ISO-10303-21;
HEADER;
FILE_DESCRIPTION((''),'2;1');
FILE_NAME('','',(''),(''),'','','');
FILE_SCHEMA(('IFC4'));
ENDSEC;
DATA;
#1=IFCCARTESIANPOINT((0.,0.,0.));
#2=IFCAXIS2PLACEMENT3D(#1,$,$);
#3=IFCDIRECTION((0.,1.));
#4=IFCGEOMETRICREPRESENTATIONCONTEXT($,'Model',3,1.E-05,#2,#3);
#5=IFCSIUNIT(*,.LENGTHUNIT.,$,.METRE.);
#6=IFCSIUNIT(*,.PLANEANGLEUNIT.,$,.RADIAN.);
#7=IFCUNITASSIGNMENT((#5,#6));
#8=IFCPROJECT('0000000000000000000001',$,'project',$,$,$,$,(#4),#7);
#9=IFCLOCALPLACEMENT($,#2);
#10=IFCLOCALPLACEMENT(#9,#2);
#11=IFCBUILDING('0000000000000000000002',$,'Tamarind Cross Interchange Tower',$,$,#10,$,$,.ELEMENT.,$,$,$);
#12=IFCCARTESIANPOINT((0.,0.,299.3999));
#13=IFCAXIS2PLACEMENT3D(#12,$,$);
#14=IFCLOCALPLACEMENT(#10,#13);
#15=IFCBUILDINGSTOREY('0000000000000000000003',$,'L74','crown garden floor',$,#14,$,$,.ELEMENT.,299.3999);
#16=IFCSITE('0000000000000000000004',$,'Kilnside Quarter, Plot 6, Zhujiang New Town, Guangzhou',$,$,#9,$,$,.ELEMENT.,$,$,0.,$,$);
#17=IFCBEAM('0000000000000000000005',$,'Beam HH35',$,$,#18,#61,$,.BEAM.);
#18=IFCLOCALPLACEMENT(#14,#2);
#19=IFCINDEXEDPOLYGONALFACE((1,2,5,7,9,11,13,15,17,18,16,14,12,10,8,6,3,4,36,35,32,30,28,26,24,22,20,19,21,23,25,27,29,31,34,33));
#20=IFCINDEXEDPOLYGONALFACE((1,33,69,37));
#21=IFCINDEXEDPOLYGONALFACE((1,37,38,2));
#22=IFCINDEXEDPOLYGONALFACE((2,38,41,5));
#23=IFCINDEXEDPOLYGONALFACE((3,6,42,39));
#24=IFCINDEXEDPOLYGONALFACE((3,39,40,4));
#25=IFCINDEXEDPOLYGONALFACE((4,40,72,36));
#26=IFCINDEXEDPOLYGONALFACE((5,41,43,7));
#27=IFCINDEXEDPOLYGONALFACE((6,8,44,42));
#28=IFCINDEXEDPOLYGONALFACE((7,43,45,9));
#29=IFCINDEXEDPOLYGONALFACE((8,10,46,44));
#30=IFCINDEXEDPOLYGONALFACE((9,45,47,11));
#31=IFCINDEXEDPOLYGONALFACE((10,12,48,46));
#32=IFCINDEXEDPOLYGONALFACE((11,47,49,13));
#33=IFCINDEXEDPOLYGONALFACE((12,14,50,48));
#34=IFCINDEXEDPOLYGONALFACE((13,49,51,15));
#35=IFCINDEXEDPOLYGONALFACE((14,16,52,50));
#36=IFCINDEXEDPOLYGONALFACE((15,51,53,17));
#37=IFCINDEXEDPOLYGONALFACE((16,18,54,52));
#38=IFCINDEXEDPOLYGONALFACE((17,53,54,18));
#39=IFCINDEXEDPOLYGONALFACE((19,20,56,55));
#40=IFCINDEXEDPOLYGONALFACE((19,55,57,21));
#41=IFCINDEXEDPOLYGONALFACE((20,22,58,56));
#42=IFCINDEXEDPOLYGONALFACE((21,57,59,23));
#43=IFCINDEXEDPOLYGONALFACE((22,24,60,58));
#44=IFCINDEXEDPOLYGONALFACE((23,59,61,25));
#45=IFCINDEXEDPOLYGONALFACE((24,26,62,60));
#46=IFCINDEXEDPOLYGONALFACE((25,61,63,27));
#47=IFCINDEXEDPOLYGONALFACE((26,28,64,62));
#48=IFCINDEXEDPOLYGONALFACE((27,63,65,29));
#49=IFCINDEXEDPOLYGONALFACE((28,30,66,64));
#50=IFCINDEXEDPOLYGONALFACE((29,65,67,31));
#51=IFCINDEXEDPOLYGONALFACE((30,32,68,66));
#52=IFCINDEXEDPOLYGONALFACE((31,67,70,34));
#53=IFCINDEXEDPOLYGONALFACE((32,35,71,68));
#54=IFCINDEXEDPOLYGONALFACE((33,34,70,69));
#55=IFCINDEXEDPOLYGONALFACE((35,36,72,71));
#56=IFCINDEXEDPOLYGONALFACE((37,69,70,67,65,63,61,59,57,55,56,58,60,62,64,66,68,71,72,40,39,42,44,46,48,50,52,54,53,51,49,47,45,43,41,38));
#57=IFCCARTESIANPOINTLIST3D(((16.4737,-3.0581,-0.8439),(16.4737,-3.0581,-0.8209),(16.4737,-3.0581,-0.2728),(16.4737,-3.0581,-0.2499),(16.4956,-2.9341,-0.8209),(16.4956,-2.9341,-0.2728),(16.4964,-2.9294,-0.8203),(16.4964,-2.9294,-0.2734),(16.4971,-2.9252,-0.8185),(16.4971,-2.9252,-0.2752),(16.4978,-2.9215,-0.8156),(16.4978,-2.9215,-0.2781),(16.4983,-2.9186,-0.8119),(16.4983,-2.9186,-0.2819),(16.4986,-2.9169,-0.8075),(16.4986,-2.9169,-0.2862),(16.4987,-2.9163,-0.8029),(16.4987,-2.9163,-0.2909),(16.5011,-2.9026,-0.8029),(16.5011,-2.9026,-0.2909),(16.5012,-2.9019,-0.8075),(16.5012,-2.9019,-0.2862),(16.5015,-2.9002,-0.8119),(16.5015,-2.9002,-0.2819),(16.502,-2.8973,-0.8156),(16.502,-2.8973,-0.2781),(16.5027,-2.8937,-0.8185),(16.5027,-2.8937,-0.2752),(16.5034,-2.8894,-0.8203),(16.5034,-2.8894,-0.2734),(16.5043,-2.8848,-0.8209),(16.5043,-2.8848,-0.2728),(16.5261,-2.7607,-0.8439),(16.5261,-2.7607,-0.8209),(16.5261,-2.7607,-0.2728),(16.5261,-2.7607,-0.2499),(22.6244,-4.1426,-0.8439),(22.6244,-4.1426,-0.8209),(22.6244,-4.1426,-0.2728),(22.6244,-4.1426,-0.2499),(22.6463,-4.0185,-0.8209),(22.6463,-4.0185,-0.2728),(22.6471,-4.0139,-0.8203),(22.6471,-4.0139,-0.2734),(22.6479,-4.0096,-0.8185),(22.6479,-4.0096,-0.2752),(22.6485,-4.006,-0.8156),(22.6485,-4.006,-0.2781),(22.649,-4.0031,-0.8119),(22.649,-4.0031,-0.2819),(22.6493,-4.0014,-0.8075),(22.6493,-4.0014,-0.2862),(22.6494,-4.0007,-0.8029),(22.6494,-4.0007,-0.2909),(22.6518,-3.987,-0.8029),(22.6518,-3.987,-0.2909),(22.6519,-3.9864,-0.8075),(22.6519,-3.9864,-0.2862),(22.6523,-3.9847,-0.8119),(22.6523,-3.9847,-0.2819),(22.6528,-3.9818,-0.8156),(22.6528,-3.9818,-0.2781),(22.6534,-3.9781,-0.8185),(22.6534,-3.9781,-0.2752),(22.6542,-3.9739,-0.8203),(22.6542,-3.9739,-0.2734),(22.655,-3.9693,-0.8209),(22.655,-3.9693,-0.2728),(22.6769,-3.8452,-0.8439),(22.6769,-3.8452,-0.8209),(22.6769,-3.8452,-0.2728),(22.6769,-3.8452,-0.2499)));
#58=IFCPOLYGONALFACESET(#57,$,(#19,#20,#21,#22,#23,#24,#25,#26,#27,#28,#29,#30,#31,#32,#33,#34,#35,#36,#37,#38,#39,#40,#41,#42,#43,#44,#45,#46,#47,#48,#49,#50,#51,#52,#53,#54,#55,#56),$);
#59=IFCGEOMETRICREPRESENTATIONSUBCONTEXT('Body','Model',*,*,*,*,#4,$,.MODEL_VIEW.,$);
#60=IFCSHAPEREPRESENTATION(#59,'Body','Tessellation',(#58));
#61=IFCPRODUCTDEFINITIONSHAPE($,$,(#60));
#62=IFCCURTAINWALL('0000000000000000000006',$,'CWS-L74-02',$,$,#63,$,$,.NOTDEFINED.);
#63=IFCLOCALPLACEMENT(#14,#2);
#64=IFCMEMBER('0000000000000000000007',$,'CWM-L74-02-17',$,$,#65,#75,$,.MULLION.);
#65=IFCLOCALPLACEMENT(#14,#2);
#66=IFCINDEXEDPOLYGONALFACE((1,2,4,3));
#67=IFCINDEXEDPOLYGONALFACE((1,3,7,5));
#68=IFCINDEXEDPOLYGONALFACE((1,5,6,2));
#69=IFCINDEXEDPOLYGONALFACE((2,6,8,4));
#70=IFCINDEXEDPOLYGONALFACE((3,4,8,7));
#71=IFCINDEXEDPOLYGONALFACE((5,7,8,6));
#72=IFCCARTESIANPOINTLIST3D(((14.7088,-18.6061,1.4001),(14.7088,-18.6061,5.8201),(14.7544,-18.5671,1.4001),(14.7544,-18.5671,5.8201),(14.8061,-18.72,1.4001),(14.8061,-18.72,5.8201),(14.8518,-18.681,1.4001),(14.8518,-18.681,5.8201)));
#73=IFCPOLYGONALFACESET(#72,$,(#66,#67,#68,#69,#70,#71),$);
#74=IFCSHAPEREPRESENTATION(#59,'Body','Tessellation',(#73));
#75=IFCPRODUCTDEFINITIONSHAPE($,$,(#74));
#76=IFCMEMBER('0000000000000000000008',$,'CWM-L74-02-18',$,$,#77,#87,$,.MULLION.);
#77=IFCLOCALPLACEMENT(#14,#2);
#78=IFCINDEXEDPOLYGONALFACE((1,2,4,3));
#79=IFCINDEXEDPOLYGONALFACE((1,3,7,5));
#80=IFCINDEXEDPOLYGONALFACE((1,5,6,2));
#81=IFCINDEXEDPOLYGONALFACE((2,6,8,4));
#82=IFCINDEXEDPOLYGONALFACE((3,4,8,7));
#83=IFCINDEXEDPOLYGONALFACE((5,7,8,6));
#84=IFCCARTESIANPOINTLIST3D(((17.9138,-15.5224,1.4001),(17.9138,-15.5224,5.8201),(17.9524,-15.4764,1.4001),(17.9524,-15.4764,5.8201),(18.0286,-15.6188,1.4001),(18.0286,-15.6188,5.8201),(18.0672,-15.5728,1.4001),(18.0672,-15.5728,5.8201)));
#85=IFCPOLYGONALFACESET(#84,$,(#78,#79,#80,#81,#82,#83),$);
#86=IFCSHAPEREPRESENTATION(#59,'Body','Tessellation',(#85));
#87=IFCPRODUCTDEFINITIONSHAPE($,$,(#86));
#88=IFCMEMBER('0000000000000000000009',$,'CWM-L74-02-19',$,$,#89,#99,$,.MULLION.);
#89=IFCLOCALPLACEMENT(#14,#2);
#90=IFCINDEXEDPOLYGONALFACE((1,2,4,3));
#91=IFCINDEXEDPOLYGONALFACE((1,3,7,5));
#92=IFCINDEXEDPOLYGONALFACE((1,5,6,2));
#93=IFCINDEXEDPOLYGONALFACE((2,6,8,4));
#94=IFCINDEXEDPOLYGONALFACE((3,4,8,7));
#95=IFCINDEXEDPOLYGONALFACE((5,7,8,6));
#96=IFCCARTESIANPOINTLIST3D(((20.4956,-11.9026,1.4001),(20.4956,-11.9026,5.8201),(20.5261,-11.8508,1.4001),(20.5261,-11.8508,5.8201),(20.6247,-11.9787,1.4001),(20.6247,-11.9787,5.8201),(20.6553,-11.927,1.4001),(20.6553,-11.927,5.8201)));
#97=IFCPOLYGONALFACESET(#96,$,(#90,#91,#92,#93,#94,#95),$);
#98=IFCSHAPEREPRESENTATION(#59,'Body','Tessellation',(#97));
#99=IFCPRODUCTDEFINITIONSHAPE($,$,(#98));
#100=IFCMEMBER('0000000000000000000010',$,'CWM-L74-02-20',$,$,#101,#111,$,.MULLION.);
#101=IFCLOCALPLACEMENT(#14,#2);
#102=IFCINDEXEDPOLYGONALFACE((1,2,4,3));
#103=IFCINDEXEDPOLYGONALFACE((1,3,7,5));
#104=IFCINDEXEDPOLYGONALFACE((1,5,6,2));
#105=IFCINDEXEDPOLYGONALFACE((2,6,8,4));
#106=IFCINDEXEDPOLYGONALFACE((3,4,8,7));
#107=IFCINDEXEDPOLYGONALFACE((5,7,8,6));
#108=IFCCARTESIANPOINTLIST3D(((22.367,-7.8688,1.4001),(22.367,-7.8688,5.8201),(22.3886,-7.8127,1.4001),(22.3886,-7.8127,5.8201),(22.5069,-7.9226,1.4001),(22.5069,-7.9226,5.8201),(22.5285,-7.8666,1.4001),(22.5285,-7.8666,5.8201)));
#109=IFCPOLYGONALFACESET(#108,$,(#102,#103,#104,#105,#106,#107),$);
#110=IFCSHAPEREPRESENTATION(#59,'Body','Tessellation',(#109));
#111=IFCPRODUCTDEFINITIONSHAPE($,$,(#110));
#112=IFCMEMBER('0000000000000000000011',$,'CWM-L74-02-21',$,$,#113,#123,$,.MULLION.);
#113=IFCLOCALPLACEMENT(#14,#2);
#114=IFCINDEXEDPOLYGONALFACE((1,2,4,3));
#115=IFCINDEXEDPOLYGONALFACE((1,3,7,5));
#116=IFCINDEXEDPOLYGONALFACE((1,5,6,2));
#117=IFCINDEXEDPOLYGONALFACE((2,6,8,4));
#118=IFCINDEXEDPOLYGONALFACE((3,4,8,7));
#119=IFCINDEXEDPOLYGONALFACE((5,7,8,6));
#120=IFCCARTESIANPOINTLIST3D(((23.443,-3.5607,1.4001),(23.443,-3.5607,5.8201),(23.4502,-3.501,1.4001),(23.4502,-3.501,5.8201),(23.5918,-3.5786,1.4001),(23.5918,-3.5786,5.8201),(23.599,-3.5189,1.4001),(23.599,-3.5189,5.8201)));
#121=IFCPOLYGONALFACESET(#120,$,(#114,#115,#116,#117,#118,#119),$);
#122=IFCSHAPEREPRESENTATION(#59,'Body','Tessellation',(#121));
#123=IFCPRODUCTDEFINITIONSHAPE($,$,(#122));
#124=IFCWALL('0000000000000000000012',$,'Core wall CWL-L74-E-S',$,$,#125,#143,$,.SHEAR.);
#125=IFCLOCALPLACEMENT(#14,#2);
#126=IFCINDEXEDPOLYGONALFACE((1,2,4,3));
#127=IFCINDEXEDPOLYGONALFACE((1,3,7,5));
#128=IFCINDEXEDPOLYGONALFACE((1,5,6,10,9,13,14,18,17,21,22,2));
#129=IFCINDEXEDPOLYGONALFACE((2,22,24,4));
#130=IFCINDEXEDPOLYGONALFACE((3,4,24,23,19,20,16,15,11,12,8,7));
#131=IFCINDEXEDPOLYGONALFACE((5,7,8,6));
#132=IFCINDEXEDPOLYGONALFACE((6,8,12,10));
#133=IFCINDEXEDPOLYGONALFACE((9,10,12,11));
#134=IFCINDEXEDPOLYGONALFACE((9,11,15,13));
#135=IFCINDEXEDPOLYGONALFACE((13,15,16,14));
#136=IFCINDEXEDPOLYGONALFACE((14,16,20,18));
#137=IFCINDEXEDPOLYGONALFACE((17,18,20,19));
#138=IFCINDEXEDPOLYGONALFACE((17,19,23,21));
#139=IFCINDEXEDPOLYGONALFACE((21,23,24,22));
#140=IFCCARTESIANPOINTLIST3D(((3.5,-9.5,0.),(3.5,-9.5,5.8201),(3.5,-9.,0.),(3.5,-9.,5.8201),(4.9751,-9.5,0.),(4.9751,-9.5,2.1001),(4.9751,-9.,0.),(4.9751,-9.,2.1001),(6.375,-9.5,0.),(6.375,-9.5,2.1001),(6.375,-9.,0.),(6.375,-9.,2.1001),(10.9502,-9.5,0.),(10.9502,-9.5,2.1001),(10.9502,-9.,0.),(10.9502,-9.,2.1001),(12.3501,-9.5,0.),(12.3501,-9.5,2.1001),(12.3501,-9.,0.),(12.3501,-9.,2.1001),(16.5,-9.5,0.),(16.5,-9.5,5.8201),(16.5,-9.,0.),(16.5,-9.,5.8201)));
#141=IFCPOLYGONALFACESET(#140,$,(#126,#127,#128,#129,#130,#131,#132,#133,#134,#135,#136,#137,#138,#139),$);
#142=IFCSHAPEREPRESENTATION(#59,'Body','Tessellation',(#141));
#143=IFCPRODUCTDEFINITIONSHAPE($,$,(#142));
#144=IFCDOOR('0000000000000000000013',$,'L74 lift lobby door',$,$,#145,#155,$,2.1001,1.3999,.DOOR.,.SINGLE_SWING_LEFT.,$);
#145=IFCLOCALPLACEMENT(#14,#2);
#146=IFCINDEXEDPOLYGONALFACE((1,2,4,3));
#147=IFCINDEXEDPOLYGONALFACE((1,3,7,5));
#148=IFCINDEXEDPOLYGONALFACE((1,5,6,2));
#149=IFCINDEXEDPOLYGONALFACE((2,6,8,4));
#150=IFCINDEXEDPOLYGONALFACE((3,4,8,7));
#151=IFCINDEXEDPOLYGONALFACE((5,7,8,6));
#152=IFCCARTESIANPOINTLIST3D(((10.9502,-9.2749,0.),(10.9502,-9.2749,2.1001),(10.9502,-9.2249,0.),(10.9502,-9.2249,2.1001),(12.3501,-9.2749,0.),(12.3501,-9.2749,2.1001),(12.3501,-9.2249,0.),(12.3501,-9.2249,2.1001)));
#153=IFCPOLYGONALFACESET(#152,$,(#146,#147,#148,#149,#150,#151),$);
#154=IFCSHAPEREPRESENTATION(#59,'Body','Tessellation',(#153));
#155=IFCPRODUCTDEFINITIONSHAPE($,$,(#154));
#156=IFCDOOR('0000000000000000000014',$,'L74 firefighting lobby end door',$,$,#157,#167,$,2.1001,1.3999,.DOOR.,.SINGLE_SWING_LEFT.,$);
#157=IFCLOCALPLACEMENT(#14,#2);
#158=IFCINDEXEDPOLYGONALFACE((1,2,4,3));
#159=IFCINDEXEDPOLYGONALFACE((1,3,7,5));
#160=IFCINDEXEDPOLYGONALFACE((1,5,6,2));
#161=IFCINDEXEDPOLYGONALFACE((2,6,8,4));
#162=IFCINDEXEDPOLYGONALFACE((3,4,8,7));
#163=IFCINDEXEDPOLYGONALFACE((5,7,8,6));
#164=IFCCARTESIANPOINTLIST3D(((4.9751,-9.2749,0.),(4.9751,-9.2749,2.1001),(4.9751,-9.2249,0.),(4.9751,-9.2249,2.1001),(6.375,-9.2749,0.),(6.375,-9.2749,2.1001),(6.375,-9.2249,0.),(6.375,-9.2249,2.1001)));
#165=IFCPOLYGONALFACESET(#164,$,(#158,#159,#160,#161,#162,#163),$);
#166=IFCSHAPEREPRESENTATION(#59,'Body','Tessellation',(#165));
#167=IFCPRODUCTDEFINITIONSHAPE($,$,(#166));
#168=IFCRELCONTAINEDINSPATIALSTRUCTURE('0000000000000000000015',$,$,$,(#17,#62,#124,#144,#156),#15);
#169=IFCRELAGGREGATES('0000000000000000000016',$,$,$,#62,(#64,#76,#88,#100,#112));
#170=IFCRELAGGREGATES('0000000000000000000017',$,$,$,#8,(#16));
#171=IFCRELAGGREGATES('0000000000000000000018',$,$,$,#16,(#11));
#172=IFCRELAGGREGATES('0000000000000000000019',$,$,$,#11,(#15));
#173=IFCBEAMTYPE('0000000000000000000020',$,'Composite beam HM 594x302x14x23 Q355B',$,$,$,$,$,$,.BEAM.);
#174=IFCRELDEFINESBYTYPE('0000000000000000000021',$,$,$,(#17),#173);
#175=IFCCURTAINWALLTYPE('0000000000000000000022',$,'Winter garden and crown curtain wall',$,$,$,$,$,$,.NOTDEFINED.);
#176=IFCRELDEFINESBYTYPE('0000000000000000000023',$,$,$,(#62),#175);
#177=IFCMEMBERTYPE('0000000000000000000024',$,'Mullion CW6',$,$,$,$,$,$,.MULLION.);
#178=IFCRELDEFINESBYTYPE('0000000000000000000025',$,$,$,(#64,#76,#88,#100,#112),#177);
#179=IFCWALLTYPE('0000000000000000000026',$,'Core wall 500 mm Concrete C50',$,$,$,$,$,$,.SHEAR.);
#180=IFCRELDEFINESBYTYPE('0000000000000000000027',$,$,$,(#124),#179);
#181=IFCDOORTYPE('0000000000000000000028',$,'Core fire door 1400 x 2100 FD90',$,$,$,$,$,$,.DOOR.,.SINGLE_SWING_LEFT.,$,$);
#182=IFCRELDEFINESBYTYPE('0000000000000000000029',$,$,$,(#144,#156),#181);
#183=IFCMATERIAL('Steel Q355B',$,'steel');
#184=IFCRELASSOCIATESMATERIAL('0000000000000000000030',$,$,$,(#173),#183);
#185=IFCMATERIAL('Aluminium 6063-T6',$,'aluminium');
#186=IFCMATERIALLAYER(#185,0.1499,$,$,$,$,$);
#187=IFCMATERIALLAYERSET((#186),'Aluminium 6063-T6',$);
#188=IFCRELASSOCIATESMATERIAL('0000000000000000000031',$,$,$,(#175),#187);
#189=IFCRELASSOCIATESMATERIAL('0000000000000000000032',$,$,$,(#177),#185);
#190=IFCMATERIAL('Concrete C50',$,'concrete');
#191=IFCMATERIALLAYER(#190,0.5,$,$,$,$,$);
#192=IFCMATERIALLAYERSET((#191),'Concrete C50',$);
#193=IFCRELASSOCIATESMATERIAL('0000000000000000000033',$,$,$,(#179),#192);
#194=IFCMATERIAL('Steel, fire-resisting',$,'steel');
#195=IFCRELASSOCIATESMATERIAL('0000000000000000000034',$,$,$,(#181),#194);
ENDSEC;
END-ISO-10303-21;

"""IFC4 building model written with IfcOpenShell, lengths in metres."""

from ifc_helpers import new_model, si_unit, direction, frame, frame_2d, origin, origin_2d, place, context, subcontext, project, spatial, rectangle, i_section, extrude, material, layer, layer_set, material_profile, profile_set, type_object, element, fill, aggregate, save


model = new_model("IFC4")

# Units and contexts
model_context = context("Model", 3, precision=1e-05, world=origin(), true_north=direction((0.0, 1.0)))
body_context = subcontext(model_context, "Body", "Model", "MODEL_VIEW")
ifc_project = project(units=[si_unit("LENGTHUNIT", "METRE"), si_unit("PLANEANGLEUNIT", "RADIAN")], contexts=[model_context])

# Site, building, storey
site_placement = place(None, origin())
site = spatial("IfcSite", under=ifc_project, at=site_placement, Name="Kilnside Quarter, Plot 6, Zhujiang New Town, Guangzhou", CompositionType="ELEMENT", RefElevation=0.0)
building_placement = place(site_placement, origin())
building = spatial("IfcBuilding", under=site, at=building_placement, Name="Tamarind Cross Interchange Tower", CompositionType="ELEMENT")
storey_placement = place(building_placement, frame((0.0, 0.0, 299.3999)))
storey = spatial("IfcBuildingStorey", under=building, at=storey_placement, Name="L74", Description="crown garden floor", CompositionType="ELEMENT", Elevation=299.3999)

# Beam
ifc_material_1 = material(Name="Steel Q355B", Category="steel")
ifc_material_profile_1 = material_profile(ifc_material_1, i_section(OverallWidth=0.302, OverallDepth=0.594, WebThickness=0.0139, FlangeThickness=0.0229, FilletRadius=0.0181, at=origin_2d()), Name="HM 594x302x14x23")
ifc_profile_set_1 = profile_set([ifc_material_profile_1], Name="Steel Q355B")
beam_type = type_object("IfcBeamType", Name="Composite beam HM 594x302x14x23 Q355B", PredefinedType="BEAM", material=ifc_profile_set_1)
beam_1_placement = place(storey_placement, frame((22.6506, -3.9939, -0.5469), z_axis=(-0.984809, 0.17364, 0.0), x_axis=(-0.17364, -0.984809, 0.0)))
element("IfcBeam", 1, at=beam_1_placement, inside=storey, type_object=beam_type, Name="Beam HH35", PredefinedType="BEAM", context=body_context, shape_type="SweptSolid", body=[
    extrude(i_section(OverallWidth=0.302, OverallDepth=0.594, WebThickness=0.0139, FlangeThickness=0.0229, FilletRadius=0.0181, at=origin_2d()), origin(), (0.0, 0.0, 1.0), 6.2456),
])

# Curtain wall, members
ifc_material_2 = material(Name="Aluminium 6063-T6", Category="aluminium")
ifc_layer_1 = layer(ifc_material_2, 0.1499)
ifc_layer_set_1 = layer_set([ifc_layer_1], Name="Aluminium 6063-T6")
curtain_wall_type = type_object("IfcCurtainWallType", Name="Winter garden and crown curtain wall", PredefinedType="NOTDEFINED", material=ifc_layer_set_1)
curtain_wall_placement = place(storey_placement, origin())
curtain_wall = element("IfcCurtainWall", 2, at=curtain_wall_placement, inside=storey, type_object=curtain_wall_type, Name="CWS-L74-02", PredefinedType="NOTDEFINED")
ifc_material_profile_2 = material_profile(ifc_material_2, rectangle(XDim=0.0601, YDim=0.1499, at=origin_2d()), Name="Mullion CW6")
ifc_profile_set_2 = profile_set([ifc_material_profile_2], Name="Aluminium 6063-T6")
member_type = type_object("IfcMemberType", Name="Mullion CW6", PredefinedType="MULLION", material=ifc_profile_set_2)
member_1_placement = place(storey_placement, frame((14.7803, -18.6436, 1.4001), z_axis=(0.0, 0.0, 1.0), x_axis=(0.760296, 0.649577, 0.0)))
member_1 = element("IfcMember", 3, at=member_1_placement, type_object=member_type, Name="CWM-L74-02-17", PredefinedType="MULLION", context=body_context, shape_type="SweptSolid", body=[
    extrude(rectangle(XDim=0.0601, YDim=0.1499, at=origin_2d()), origin(), (0.0, 0.0, 1.0), 4.4199),
])
member_2_placement = place(storey_placement, frame((17.9905, -15.5476, 1.4001), z_axis=(0.0, 0.0, 1.0), x_axis=(0.643009, 0.765858, 0.0)))
member_2 = element("IfcMember", 4, at=member_2_placement, type_object=member_type, Name="CWM-L74-02-18", PredefinedType="MULLION", context=body_context, shape_type="SweptSolid", body=[
    extrude(rectangle(XDim=0.0601, YDim=0.1499, at=origin_2d()), origin(), (0.0, 0.0, 1.0), 4.4199),
])
member_3_placement = place(storey_placement, frame((20.5754, -11.9148, 1.4001), z_axis=(0.0, 0.0, 1.0), x_axis=(0.508183, 0.861249, 0.0)))
member_3 = element("IfcMember", 5, at=member_3_placement, type_object=member_type, Name="CWM-L74-02-19", PredefinedType="MULLION", context=body_context, shape_type="SweptSolid", body=[
    extrude(rectangle(XDim=0.0601, YDim=0.1499, at=origin_2d()), origin(), (0.0, 0.0, 1.0), 4.4199),
])
member_4_placement = place(storey_placement, frame((22.4478, -7.8677, 1.4001), z_axis=(0.0, 0.0, 1.0), x_axis=(0.359495, 0.933147, 0.0)))
member_4 = element("IfcMember", 6, at=member_4_placement, type_object=member_type, Name="CWM-L74-02-20", PredefinedType="MULLION", context=body_context, shape_type="SweptSolid", body=[
    extrude(rectangle(XDim=0.0601, YDim=0.1499, at=origin_2d()), origin(), (0.0, 0.0, 1.0), 4.4199),
])
member_5_placement = place(storey_placement, frame((23.521, -3.5398, 1.4001), z_axis=(0.0, 0.0, 1.0), x_axis=(0.119421, 0.992844, 0.0)))
member_5 = element("IfcMember", 7, at=member_5_placement, type_object=member_type, Name="CWM-L74-02-21", PredefinedType="MULLION", context=body_context, shape_type="SweptSolid", body=[
    extrude(rectangle(XDim=0.0601, YDim=0.1499, at=origin_2d()), origin(), (0.0, 0.0, 1.0), 4.4199),
])
aggregate(curtain_wall, [member_1, member_2, member_3, member_4, member_5])

# Wall, openings, doors
ifc_material_3 = material(Name="Concrete C50", Category="concrete")
ifc_layer_2 = layer(ifc_material_3, 0.5)
ifc_layer_set_2 = layer_set([ifc_layer_2], Name="Concrete C50")
wall_type_1 = type_object("IfcWallType", Name="Core wall 500 mm Concrete C50", PredefinedType="SHEAR", material=ifc_layer_set_2)
wall_1_placement = place(storey_placement, frame((16.5, -9.25, 0.0), z_axis=(0.0, 0.0, 1.0), x_axis=(-1.0, 0.0, 0.0)))
wall_1 = element("IfcWall", 8, at=wall_1_placement, inside=storey, type_object=wall_type_1, Name="Core wall CWL-L74-E-S", PredefinedType="SHEAR", context=body_context, shape_type="SweptSolid", body=[
    extrude(rectangle(XDim=13.0, YDim=0.5, at=frame_2d((6.5, 0.0))), origin(), (0.0, 0.0, 1.0), 5.8201),
])
opening_1_placement = place(wall_1_placement, frame((4.1499, 0.0, 0.0)))
opening_1 = element("IfcOpeningElement", 9, at=opening_1_placement, cuts=wall_1, PredefinedType="OPENING", context=body_context, shape_type="SweptSolid", body=[
    extrude(rectangle(XDim=1.3999, YDim=2.1001, at=frame_2d((0.7, 1.05))), frame((0.0, 0.26, 0.0), z_axis=(0.0, -1.0, 0.0), x_axis=(1.0, 0.0, 0.0)), (0.0, 0.0, 1.0), 0.52),
])
opening_2_placement = place(wall_1_placement, frame((10.125, 0.0, 0.0)))
opening_2 = element("IfcOpeningElement", 10, at=opening_2_placement, cuts=wall_1, PredefinedType="OPENING", context=body_context, shape_type="SweptSolid", body=[
    extrude(rectangle(XDim=1.3999, YDim=2.1001, at=frame_2d((0.7, 1.05))), frame((0.0, 0.26, 0.0), z_axis=(0.0, -1.0, 0.0), x_axis=(1.0, 0.0, 0.0)), (0.0, 0.0, 1.0), 0.52),
])
ifc_material_4 = material(Name="Steel, fire-resisting", Category="steel")
door_type_1 = type_object("IfcDoorType", Name="Core fire door 1400 x 2100 FD90", OperationType="SINGLE_SWING_LEFT", PredefinedType="DOOR", material=ifc_material_4)
door_1_placement = place(opening_1_placement, origin())
door_1 = element("IfcDoor", 11, at=door_1_placement, inside=storey, type_object=door_type_1, Name="L74 lift lobby door", OperationType="SINGLE_SWING_LEFT", OverallHeight=2.1001, OverallWidth=1.3999, PredefinedType="DOOR", context=body_context, shape_type="SweptSolid", body=[
    extrude(rectangle(XDim=1.3999, YDim=2.1001, at=frame_2d((0.7, 1.05))), frame((0.0, 0.0249, 0.0), z_axis=(0.0, -1.0, 0.0), x_axis=(1.0, 0.0, 0.0)), (0.0, 0.0, 1.0), 0.05),
])
fill(opening_1, door_1)
door_2_placement = place(opening_2_placement, origin())
door_2 = element("IfcDoor", 12, at=door_2_placement, inside=storey, type_object=door_type_1, Name="L74 firefighting lobby end door", OperationType="SINGLE_SWING_LEFT", OverallHeight=2.1001, OverallWidth=1.3999, PredefinedType="DOOR", context=body_context, shape_type="SweptSolid", body=[
    extrude(rectangle(XDim=1.3999, YDim=2.1001, at=frame_2d((0.7, 1.05))), frame((0.0, 0.0249, 0.0), z_axis=(0.0, -1.0, 0.0), x_axis=(1.0, 0.0, 0.0)), (0.0, 0.0, 1.0), 0.05),
])
fill(opening_2, door_2)

save(model, "model.ifc")
